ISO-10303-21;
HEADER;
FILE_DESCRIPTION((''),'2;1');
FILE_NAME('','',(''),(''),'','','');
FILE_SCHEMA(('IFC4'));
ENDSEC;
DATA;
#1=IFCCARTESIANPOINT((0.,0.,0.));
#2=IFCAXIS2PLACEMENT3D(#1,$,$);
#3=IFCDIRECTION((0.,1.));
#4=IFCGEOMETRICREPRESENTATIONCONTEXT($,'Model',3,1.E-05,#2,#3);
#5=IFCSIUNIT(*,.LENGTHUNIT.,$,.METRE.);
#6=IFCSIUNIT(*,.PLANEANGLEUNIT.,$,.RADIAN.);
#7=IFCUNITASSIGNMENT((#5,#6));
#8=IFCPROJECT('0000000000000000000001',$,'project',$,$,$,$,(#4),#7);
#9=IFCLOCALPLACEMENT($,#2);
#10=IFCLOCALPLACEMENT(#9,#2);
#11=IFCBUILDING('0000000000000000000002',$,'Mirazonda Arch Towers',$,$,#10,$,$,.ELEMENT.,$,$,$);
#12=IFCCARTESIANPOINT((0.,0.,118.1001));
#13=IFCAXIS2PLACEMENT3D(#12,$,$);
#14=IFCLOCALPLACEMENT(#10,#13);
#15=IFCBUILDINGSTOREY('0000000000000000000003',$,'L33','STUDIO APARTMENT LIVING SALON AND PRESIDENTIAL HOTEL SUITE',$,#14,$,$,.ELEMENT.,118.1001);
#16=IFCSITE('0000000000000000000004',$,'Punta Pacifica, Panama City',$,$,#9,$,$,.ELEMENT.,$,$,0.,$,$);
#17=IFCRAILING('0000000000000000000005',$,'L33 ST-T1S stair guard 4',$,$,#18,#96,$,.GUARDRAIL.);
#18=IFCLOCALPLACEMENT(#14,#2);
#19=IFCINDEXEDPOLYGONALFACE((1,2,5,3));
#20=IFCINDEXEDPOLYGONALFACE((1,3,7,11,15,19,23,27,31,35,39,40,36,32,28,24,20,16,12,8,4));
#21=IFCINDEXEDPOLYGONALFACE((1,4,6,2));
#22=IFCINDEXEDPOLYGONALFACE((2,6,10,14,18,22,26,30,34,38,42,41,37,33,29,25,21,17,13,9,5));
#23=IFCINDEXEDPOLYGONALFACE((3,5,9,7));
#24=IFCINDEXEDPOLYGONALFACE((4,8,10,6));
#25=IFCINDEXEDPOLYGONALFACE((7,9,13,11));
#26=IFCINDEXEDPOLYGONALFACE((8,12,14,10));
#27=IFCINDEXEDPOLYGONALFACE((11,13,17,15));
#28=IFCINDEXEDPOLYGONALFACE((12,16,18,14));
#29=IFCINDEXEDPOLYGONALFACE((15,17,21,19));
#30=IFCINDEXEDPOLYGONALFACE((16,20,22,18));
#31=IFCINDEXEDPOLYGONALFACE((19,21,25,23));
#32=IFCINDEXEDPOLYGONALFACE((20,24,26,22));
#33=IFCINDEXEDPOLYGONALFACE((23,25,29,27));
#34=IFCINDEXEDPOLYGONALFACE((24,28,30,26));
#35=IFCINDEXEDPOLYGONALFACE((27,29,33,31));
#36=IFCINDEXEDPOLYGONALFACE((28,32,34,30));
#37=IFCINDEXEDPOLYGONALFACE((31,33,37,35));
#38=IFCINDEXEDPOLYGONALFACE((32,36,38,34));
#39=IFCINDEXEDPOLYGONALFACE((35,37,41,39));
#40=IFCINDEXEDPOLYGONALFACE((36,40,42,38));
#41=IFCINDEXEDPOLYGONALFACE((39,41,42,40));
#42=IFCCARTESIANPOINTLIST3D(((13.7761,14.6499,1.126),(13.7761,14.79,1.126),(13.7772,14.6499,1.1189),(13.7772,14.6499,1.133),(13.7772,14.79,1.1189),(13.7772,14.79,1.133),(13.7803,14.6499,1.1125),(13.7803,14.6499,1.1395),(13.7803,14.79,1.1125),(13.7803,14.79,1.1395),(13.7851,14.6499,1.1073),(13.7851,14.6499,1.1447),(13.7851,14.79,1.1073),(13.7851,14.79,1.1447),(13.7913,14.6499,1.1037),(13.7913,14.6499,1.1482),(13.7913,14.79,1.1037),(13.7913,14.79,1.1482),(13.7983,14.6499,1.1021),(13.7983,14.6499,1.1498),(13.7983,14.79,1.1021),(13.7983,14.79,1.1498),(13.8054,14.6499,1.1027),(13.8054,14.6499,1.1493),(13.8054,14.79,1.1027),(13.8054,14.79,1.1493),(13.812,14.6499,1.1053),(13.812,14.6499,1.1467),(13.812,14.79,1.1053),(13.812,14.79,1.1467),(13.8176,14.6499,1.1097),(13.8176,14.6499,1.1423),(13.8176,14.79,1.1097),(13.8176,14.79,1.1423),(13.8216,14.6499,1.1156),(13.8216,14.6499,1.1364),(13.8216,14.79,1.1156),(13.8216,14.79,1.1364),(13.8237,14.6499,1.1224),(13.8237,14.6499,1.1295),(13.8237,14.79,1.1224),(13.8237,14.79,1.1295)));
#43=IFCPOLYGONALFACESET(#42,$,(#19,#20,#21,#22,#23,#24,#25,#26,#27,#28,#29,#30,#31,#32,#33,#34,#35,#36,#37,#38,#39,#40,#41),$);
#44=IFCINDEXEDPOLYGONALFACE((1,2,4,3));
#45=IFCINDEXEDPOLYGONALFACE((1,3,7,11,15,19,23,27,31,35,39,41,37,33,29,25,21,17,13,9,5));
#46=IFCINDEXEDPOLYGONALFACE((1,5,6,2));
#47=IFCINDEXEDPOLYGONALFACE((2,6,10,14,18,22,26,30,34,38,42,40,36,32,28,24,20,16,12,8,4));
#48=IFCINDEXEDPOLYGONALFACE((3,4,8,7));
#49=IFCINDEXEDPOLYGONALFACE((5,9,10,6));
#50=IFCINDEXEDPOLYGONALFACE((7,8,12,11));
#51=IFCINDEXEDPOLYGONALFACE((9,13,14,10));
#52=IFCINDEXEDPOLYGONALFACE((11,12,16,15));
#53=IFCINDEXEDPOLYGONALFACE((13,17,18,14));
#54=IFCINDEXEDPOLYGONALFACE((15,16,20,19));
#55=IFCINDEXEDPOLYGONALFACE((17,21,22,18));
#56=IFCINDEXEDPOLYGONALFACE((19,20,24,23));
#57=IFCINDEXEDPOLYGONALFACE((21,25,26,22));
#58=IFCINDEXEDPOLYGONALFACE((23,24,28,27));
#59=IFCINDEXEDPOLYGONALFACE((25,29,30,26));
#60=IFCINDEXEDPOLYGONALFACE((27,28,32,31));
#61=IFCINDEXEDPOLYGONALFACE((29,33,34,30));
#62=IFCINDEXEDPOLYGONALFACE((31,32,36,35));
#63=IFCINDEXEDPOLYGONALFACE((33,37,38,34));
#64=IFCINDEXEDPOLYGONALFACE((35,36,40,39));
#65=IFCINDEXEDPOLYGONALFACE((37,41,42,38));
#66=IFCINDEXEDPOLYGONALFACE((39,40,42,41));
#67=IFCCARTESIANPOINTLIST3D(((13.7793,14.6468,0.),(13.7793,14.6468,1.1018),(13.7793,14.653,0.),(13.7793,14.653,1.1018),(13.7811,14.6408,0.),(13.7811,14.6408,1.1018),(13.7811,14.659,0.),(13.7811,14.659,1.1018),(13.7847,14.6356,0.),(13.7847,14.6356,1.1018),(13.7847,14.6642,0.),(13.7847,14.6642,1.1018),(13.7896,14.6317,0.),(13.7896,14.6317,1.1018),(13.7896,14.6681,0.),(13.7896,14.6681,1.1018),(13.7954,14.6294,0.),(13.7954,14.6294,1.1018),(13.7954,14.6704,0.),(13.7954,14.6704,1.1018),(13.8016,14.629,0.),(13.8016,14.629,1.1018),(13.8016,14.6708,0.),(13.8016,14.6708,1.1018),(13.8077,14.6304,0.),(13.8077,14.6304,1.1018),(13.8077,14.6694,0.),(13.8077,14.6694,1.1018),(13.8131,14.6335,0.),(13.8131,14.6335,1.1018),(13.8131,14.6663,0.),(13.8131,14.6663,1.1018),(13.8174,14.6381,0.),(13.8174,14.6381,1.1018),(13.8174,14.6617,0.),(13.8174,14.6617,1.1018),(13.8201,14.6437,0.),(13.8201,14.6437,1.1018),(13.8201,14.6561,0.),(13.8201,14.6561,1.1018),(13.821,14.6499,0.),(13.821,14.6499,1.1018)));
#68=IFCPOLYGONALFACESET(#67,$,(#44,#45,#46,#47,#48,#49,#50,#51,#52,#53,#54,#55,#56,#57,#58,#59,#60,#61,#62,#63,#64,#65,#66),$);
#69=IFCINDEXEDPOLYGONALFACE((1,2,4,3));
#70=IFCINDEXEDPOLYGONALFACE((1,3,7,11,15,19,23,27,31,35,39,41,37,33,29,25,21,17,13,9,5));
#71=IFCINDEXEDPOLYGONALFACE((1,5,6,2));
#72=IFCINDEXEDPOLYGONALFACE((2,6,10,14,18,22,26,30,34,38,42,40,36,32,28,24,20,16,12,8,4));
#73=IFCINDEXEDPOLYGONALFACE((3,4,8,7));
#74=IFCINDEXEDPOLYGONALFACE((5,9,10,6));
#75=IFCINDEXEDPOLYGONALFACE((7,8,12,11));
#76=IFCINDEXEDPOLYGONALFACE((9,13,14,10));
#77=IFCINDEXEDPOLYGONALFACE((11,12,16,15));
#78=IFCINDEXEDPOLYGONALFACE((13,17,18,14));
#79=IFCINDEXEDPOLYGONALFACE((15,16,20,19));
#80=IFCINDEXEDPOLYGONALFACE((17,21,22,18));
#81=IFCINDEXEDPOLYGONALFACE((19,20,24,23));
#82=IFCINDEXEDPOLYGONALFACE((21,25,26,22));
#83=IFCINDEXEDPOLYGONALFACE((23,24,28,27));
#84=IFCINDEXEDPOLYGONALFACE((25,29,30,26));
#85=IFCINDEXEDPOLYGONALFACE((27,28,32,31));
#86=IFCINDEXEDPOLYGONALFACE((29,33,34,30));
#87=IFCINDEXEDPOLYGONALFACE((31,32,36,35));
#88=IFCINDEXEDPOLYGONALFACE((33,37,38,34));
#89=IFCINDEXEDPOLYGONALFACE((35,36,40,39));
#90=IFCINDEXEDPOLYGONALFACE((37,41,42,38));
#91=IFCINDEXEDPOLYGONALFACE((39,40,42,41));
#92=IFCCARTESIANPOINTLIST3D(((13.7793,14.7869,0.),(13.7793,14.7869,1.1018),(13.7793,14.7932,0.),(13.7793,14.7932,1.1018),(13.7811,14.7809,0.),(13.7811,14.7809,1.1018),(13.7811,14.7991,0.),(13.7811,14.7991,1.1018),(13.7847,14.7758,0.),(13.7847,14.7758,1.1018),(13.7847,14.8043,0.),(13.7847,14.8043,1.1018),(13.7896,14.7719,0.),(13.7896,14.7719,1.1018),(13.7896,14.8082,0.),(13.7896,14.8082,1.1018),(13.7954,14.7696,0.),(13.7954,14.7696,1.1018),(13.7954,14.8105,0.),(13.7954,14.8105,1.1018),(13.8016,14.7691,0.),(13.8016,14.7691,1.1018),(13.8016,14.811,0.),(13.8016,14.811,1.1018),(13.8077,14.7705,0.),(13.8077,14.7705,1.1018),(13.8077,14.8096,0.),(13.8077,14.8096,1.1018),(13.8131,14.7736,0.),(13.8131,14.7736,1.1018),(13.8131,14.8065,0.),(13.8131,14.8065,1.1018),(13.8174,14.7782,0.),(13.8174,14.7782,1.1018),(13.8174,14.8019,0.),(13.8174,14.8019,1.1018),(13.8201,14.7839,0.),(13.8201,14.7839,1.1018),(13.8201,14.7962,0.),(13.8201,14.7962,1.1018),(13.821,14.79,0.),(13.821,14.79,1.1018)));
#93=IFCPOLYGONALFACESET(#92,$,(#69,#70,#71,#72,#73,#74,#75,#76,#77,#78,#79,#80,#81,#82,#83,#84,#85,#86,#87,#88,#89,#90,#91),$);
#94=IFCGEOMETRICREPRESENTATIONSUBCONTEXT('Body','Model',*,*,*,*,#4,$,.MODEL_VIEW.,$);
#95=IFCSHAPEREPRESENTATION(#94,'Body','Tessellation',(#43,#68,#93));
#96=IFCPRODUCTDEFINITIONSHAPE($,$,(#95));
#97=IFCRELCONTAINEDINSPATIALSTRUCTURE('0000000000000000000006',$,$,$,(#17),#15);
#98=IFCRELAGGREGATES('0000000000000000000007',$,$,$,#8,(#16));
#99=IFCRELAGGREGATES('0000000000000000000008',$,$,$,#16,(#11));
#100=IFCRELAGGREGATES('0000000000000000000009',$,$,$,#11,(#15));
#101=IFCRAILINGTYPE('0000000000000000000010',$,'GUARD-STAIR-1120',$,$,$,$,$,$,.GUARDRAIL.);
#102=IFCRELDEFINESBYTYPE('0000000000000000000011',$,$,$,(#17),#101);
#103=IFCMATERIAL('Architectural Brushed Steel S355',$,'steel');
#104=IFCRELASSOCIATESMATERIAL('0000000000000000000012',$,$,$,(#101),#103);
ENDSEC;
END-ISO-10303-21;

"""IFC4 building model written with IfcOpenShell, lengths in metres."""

from ifc_helpers import new_model, si_unit, direction, frame, origin, origin_2d, place, context, subcontext, project, spatial, circle, extrude, material, type_object, element, save


model = new_model("IFC4")

# Units and contexts
model_context = context("Model", 3, precision=1e-05, world=origin(), true_north=direction((0.0, 1.0)))
body_context = subcontext(model_context, "Body", "Model", "MODEL_VIEW")
ifc_project = project(units=[si_unit("LENGTHUNIT", "METRE"), si_unit("PLANEANGLEUNIT", "RADIAN")], contexts=[model_context])

# Site, building, storey
site_placement = place(None, origin())
site = spatial("IfcSite", under=ifc_project, at=site_placement, Name="Punta Pacifica, Panama City", CompositionType="ELEMENT", RefElevation=0.0)
building_placement = place(site_placement, origin())
building = spatial("IfcBuilding", under=site, at=building_placement, Name="Mirazonda Arch Towers", CompositionType="ELEMENT")
storey_placement = place(building_placement, frame((0.0, 0.0, 118.1001)))
storey = spatial("IfcBuildingStorey", under=building, at=storey_placement, Name="L33", Description="STUDIO APARTMENT LIVING SALON AND PRESIDENTIAL HOTEL SUITE", CompositionType="ELEMENT", Elevation=118.1001)

# Shared definitions
ifc_material_1 = material(Name="Architectural Brushed Steel S355", Category="steel")

# Railing
railing_type_1 = type_object("IfcRailingType", Name="GUARD-STAIR-1120", PredefinedType="GUARDRAIL", material=ifc_material_1)
railing_1_placement = place(storey_placement, frame((13.8, 14.6499, 0.0)))
element("IfcRailing", 1, at=railing_1_placement, inside=storey, type_object=railing_type_1, Name="L33 ST-T1S stair guard 4", PredefinedType="GUARDRAIL", context=body_context, shape_type="SweptSolid", body=[
    extrude(circle(Radius=0.0239, at=origin_2d()), frame((0.0, 0.0, 1.126), z_axis=(0.0, 1.0, 0.0), x_axis=(-1.0, 0.0, 0.0)), (0.0, 0.0, 1.0), 0.1401),
    extrude(circle(Radius=0.021, at=origin_2d()), origin(), (0.0, 0.0, 1.0), 1.1018),
    extrude(circle(Radius=0.021, at=origin_2d()), frame((0.0, 0.1401, 0.0)), (0.0, 0.0, 1.0), 1.1018),
])

save(model, "model.ifc")
